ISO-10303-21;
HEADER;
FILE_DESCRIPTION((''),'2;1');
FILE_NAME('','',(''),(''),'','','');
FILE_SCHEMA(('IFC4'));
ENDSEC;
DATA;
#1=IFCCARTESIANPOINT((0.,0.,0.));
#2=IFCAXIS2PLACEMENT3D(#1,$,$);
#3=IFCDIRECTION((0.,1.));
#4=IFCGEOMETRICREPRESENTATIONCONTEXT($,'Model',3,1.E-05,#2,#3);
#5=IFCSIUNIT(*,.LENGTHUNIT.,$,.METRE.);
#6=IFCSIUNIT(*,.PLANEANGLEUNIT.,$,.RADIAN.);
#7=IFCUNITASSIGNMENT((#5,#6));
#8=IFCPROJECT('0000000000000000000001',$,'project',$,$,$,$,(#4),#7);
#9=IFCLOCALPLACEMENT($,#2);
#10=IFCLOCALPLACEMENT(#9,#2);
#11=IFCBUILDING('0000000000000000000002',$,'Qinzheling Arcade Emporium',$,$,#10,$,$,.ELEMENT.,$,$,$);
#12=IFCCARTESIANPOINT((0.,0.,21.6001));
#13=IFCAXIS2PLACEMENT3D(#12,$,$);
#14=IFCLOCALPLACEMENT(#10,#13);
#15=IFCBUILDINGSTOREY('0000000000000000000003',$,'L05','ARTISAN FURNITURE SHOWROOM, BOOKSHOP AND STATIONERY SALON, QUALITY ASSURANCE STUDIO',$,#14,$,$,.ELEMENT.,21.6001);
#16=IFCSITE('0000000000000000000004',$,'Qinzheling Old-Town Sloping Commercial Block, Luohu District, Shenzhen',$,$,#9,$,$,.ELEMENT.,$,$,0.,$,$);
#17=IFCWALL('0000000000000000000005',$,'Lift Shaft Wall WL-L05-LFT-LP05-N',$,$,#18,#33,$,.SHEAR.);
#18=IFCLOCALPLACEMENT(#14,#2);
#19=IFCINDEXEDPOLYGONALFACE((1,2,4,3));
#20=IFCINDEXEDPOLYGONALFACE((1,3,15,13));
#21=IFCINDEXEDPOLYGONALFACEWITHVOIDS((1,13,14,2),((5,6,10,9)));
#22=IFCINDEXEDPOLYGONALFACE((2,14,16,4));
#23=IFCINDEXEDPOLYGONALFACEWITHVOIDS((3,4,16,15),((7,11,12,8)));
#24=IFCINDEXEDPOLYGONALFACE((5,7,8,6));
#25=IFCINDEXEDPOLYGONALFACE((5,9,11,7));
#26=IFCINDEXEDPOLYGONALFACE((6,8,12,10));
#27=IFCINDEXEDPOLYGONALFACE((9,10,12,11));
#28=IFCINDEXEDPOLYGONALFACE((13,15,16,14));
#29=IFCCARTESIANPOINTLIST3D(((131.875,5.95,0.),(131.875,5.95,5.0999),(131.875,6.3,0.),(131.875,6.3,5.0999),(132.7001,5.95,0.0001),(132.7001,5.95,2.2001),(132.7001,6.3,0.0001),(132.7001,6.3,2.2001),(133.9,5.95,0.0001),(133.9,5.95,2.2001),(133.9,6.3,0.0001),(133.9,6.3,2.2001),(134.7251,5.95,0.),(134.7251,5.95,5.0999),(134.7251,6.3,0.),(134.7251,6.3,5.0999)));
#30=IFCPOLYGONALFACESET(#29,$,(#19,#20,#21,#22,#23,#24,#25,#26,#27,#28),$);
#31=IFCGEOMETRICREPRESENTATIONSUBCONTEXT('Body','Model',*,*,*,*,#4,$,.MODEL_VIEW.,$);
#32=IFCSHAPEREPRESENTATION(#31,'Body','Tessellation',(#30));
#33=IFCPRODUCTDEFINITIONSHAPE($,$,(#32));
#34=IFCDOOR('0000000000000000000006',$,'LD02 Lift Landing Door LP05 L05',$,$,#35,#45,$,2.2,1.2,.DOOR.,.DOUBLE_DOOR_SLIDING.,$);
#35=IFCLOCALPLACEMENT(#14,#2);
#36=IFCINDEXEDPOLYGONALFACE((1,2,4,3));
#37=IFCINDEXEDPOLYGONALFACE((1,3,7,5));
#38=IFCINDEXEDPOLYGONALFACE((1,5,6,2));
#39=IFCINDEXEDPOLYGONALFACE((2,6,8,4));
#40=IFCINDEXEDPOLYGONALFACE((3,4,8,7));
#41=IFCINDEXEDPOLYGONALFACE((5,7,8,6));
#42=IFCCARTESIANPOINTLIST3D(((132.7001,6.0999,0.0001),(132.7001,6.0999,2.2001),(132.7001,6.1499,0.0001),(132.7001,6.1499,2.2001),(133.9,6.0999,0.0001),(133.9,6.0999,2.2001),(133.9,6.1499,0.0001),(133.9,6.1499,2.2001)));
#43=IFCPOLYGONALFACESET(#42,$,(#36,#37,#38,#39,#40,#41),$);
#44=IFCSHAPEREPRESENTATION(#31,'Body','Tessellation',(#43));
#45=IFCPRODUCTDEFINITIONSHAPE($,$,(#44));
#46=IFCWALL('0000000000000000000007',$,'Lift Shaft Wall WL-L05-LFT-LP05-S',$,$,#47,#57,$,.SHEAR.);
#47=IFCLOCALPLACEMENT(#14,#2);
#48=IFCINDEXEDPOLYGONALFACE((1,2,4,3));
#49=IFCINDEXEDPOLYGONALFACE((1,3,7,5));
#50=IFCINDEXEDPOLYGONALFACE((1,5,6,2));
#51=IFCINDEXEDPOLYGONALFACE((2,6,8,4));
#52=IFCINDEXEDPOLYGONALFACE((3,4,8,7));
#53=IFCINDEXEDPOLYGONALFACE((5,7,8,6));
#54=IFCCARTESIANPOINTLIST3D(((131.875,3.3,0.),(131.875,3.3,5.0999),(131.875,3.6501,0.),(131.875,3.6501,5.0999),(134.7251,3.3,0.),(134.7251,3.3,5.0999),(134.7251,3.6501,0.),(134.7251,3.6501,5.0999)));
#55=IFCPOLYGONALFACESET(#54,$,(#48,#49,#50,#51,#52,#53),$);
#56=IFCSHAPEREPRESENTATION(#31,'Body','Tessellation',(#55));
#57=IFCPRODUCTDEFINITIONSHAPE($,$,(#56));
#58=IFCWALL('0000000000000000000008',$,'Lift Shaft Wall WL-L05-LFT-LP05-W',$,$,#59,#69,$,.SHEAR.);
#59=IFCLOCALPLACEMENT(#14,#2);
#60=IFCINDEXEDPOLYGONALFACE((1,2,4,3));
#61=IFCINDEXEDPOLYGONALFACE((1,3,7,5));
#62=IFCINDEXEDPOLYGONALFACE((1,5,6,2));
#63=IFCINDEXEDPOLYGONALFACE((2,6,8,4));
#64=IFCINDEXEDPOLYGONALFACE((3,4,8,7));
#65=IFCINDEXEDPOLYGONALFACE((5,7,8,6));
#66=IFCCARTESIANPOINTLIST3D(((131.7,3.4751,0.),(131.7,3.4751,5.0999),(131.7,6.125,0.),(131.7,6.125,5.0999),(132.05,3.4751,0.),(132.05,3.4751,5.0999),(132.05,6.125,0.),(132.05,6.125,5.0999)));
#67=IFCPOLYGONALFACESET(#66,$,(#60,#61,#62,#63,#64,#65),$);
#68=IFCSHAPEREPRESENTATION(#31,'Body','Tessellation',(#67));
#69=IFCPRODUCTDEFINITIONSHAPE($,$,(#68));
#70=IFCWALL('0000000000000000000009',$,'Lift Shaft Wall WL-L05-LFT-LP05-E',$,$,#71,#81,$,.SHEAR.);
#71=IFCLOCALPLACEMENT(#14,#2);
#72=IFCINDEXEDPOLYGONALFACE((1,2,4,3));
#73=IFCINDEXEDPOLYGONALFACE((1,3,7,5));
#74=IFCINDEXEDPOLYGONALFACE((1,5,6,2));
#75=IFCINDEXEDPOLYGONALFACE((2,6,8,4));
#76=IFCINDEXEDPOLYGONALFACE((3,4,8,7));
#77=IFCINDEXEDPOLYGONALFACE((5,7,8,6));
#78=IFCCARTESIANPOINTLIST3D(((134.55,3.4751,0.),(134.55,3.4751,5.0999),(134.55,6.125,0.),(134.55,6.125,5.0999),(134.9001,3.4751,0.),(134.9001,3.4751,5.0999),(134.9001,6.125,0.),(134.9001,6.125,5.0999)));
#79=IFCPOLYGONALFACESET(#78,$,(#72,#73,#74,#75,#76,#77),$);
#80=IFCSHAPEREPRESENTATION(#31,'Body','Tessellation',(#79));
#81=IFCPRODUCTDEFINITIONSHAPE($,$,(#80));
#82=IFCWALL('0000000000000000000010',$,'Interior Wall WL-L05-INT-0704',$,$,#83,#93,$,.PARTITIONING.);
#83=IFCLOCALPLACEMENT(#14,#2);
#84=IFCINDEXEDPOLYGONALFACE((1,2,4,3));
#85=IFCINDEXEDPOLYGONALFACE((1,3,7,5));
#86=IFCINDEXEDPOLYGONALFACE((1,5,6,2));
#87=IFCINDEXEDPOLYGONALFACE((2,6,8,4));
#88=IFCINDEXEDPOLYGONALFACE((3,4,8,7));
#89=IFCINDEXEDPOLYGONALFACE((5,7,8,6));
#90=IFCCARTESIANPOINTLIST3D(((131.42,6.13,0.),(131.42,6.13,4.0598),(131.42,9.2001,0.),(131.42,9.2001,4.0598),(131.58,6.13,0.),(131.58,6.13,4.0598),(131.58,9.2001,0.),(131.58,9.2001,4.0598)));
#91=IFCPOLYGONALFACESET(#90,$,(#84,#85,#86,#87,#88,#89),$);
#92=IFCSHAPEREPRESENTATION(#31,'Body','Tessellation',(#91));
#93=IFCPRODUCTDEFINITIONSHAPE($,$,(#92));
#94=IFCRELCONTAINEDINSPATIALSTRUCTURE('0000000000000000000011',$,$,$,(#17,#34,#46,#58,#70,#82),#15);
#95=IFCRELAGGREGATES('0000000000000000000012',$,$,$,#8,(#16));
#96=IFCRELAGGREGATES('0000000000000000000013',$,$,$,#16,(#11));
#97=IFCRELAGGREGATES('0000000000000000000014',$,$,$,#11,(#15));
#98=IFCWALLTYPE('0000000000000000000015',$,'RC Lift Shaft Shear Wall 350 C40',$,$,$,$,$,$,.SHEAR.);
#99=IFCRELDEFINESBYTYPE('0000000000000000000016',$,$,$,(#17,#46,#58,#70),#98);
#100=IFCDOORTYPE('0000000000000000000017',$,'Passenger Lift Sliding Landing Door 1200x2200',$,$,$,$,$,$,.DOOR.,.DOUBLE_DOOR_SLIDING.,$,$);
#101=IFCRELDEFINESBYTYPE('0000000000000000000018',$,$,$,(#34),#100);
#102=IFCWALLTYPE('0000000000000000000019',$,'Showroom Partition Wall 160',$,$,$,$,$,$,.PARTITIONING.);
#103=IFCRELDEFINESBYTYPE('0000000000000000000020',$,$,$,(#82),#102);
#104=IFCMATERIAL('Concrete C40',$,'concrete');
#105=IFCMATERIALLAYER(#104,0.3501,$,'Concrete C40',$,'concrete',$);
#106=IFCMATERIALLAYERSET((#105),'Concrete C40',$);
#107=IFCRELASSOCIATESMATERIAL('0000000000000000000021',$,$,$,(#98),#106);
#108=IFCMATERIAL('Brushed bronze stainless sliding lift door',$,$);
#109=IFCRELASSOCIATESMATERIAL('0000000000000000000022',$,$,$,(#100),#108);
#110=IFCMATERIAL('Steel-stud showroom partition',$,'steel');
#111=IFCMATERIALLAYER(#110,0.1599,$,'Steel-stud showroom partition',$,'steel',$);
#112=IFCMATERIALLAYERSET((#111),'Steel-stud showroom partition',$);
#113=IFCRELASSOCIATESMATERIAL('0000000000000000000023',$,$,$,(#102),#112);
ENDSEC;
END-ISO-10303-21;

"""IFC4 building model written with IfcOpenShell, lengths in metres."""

from ifc_helpers import new_model, si_unit, direction, frame, frame_2d, origin, place, context, subcontext, project, spatial, rectangle, extrude, material, layer, layer_set, type_object, element, fill, save


model = new_model("IFC4")

# Units and contexts
model_context = context("Model", 3, precision=1e-05, world=origin(), true_north=direction((0.0, 1.0)))
body_context = subcontext(model_context, "Body", "Model", "MODEL_VIEW")
ifc_project = project(units=[si_unit("LENGTHUNIT", "METRE"), si_unit("PLANEANGLEUNIT", "RADIAN")], contexts=[model_context])

# Site, building, storey
site_placement = place(None, origin())
site = spatial("IfcSite", under=ifc_project, at=site_placement, Name="Qinzheling Old-Town Sloping Commercial Block, Luohu District, Shenzhen", CompositionType="ELEMENT", RefElevation=0.0)
building_placement = place(site_placement, origin())
building = spatial("IfcBuilding", under=site, at=building_placement, Name="Qinzheling Arcade Emporium", CompositionType="ELEMENT")
storey_placement = place(building_placement, frame((0.0, 0.0, 21.6001)))
storey = spatial("IfcBuildingStorey", under=building, at=storey_placement, Name="L05", Description="ARTISAN FURNITURE SHOWROOM, BOOKSHOP AND STATIONERY SALON, QUALITY ASSURANCE STUDIO", CompositionType="ELEMENT", Elevation=21.6001)

# Shared definitions
ifc_material_1 = material(Name="Concrete C40", Category="concrete")

# Wall, opening, door
ifc_layer_1 = layer(ifc_material_1, 0.3501, Name="Concrete C40", Category="concrete")
ifc_layer_set_1 = layer_set([ifc_layer_1], Name="Concrete C40")
wall_type_1 = type_object("IfcWallType", Name="RC Lift Shaft Shear Wall 350 C40", PredefinedType="SHEAR", material=ifc_layer_set_1)
wall_1_placement = place(storey_placement, frame((131.875, 6.125, 0.0), z_axis=(0.0, 0.0, 1.0), x_axis=(1.0, 0.0, 0.0)))
wall_1 = element("IfcWall", 1, at=wall_1_placement, inside=storey, type_object=wall_type_1, Name="Lift Shaft Wall WL-L05-LFT-LP05-N", PredefinedType="SHEAR", context=body_context, shape_type="SweptSolid", body=[
    extrude(rectangle(XDim=2.8501, YDim=0.3501, at=frame_2d((1.425, 0.0))), origin(), (0.0, 0.0, 1.0), 5.0999),
])
opening_1_placement = place(wall_1_placement, frame((0.825, 0.0, 0.0)))
opening_1 = element("IfcOpeningElement", 2, at=opening_1_placement, cuts=wall_1, PredefinedType="OPENING", context=body_context, shape_type="SweptSolid", body=[
    extrude(rectangle(XDim=1.2, YDim=2.2, at=frame_2d((0.6001, 1.1001))), frame((0.0, 0.1851, 0.0), z_axis=(0.0, -1.0, 0.0), x_axis=(1.0, 0.0, 0.0)), (0.0, 0.0, 1.0), 0.3701),
])
ifc_material_2 = material(Name="Brushed bronze stainless sliding lift door")
door_type_1 = type_object("IfcDoorType", Name="Passenger Lift Sliding Landing Door 1200x2200", OperationType="DOUBLE_DOOR_SLIDING", PredefinedType="DOOR", material=ifc_material_2)
door_1_placement = place(opening_1_placement, origin())
door_1 = element("IfcDoor", 3, at=door_1_placement, inside=storey, type_object=door_type_1, Name="LD02 Lift Landing Door LP05 L05", OperationType="DOUBLE_DOOR_SLIDING", OverallHeight=2.2, OverallWidth=1.2, PredefinedType="DOOR", context=body_context, shape_type="SweptSolid", body=[
    extrude(rectangle(XDim=1.2, YDim=2.2, at=frame_2d((0.6001, 1.1001))), frame((0.0, 0.0249, 0.0), z_axis=(0.0, -1.0, 0.0), x_axis=(1.0, 0.0, 0.0)), (0.0, 0.0, 1.0), 0.05),
])
fill(opening_1, door_1)

# Walls
wall_2_placement = place(storey_placement, frame((134.7251, 3.4751, 0.0), z_axis=(0.0, 0.0, 1.0), x_axis=(-1.0, 0.0, 0.0)))
element("IfcWall", 4, at=wall_2_placement, inside=storey, type_object=wall_type_1, Name="Lift Shaft Wall WL-L05-LFT-LP05-S", PredefinedType="SHEAR", context=body_context, shape_type="SweptSolid", body=[
    extrude(rectangle(XDim=2.8501, YDim=0.3501, at=frame_2d((1.425, 0.0))), origin(), (0.0, 0.0, 1.0), 5.0999),
])
for number, where, z_axis, x_axis, name in (
    (5, (131.875, 3.4751, 0.0), (0.0, 0.0, 1.0), (0.0, 1.0, 0.0), "Lift Shaft Wall WL-L05-LFT-LP05-W"),
    (6, (134.7251, 6.125, 0.0), (0.0, 0.0, 1.0), (0.0, -1.0, 0.0), "Lift Shaft Wall WL-L05-LFT-LP05-E"),
):
    element("IfcWall", number, at=place(storey_placement, frame(where, z_axis=z_axis, x_axis=x_axis)), inside=storey, type_object=wall_type_1, Name=name, PredefinedType="SHEAR", context=body_context, shape_type="SweptSolid", body=[
        extrude(rectangle(XDim=2.6499, YDim=0.3501, at=frame_2d((1.325, 0.0))), origin(), (0.0, 0.0, 1.0), 5.0999),
    ])
ifc_material_3 = material(Name="Steel-stud showroom partition", Category="steel")
ifc_layer_2 = layer(ifc_material_3, 0.1599, Name="Steel-stud showroom partition", Category="steel")
ifc_layer_set_2 = layer_set([ifc_layer_2], Name="Steel-stud showroom partition")
wall_type_2 = type_object("IfcWallType", Name="Showroom Partition Wall 160", PredefinedType="PARTITIONING", material=ifc_layer_set_2)
wall_3_placement = place(storey_placement, frame((131.5, 6.1299, 0.0), z_axis=(0.0, 0.0, 1.0), x_axis=(0.0, 1.0, 0.0)))
element("IfcWall", 7, at=wall_3_placement, inside=storey, type_object=wall_type_2, Name="Interior Wall WL-L05-INT-0704", PredefinedType="PARTITIONING", context=body_context, shape_type="SweptSolid", body=[
    extrude(rectangle(XDim=3.0701, YDim=0.1599, at=frame_2d((1.5352, 0.0))), origin(), (0.0, 0.0, 1.0), 4.0598),
])

save(model, "model.ifc")
